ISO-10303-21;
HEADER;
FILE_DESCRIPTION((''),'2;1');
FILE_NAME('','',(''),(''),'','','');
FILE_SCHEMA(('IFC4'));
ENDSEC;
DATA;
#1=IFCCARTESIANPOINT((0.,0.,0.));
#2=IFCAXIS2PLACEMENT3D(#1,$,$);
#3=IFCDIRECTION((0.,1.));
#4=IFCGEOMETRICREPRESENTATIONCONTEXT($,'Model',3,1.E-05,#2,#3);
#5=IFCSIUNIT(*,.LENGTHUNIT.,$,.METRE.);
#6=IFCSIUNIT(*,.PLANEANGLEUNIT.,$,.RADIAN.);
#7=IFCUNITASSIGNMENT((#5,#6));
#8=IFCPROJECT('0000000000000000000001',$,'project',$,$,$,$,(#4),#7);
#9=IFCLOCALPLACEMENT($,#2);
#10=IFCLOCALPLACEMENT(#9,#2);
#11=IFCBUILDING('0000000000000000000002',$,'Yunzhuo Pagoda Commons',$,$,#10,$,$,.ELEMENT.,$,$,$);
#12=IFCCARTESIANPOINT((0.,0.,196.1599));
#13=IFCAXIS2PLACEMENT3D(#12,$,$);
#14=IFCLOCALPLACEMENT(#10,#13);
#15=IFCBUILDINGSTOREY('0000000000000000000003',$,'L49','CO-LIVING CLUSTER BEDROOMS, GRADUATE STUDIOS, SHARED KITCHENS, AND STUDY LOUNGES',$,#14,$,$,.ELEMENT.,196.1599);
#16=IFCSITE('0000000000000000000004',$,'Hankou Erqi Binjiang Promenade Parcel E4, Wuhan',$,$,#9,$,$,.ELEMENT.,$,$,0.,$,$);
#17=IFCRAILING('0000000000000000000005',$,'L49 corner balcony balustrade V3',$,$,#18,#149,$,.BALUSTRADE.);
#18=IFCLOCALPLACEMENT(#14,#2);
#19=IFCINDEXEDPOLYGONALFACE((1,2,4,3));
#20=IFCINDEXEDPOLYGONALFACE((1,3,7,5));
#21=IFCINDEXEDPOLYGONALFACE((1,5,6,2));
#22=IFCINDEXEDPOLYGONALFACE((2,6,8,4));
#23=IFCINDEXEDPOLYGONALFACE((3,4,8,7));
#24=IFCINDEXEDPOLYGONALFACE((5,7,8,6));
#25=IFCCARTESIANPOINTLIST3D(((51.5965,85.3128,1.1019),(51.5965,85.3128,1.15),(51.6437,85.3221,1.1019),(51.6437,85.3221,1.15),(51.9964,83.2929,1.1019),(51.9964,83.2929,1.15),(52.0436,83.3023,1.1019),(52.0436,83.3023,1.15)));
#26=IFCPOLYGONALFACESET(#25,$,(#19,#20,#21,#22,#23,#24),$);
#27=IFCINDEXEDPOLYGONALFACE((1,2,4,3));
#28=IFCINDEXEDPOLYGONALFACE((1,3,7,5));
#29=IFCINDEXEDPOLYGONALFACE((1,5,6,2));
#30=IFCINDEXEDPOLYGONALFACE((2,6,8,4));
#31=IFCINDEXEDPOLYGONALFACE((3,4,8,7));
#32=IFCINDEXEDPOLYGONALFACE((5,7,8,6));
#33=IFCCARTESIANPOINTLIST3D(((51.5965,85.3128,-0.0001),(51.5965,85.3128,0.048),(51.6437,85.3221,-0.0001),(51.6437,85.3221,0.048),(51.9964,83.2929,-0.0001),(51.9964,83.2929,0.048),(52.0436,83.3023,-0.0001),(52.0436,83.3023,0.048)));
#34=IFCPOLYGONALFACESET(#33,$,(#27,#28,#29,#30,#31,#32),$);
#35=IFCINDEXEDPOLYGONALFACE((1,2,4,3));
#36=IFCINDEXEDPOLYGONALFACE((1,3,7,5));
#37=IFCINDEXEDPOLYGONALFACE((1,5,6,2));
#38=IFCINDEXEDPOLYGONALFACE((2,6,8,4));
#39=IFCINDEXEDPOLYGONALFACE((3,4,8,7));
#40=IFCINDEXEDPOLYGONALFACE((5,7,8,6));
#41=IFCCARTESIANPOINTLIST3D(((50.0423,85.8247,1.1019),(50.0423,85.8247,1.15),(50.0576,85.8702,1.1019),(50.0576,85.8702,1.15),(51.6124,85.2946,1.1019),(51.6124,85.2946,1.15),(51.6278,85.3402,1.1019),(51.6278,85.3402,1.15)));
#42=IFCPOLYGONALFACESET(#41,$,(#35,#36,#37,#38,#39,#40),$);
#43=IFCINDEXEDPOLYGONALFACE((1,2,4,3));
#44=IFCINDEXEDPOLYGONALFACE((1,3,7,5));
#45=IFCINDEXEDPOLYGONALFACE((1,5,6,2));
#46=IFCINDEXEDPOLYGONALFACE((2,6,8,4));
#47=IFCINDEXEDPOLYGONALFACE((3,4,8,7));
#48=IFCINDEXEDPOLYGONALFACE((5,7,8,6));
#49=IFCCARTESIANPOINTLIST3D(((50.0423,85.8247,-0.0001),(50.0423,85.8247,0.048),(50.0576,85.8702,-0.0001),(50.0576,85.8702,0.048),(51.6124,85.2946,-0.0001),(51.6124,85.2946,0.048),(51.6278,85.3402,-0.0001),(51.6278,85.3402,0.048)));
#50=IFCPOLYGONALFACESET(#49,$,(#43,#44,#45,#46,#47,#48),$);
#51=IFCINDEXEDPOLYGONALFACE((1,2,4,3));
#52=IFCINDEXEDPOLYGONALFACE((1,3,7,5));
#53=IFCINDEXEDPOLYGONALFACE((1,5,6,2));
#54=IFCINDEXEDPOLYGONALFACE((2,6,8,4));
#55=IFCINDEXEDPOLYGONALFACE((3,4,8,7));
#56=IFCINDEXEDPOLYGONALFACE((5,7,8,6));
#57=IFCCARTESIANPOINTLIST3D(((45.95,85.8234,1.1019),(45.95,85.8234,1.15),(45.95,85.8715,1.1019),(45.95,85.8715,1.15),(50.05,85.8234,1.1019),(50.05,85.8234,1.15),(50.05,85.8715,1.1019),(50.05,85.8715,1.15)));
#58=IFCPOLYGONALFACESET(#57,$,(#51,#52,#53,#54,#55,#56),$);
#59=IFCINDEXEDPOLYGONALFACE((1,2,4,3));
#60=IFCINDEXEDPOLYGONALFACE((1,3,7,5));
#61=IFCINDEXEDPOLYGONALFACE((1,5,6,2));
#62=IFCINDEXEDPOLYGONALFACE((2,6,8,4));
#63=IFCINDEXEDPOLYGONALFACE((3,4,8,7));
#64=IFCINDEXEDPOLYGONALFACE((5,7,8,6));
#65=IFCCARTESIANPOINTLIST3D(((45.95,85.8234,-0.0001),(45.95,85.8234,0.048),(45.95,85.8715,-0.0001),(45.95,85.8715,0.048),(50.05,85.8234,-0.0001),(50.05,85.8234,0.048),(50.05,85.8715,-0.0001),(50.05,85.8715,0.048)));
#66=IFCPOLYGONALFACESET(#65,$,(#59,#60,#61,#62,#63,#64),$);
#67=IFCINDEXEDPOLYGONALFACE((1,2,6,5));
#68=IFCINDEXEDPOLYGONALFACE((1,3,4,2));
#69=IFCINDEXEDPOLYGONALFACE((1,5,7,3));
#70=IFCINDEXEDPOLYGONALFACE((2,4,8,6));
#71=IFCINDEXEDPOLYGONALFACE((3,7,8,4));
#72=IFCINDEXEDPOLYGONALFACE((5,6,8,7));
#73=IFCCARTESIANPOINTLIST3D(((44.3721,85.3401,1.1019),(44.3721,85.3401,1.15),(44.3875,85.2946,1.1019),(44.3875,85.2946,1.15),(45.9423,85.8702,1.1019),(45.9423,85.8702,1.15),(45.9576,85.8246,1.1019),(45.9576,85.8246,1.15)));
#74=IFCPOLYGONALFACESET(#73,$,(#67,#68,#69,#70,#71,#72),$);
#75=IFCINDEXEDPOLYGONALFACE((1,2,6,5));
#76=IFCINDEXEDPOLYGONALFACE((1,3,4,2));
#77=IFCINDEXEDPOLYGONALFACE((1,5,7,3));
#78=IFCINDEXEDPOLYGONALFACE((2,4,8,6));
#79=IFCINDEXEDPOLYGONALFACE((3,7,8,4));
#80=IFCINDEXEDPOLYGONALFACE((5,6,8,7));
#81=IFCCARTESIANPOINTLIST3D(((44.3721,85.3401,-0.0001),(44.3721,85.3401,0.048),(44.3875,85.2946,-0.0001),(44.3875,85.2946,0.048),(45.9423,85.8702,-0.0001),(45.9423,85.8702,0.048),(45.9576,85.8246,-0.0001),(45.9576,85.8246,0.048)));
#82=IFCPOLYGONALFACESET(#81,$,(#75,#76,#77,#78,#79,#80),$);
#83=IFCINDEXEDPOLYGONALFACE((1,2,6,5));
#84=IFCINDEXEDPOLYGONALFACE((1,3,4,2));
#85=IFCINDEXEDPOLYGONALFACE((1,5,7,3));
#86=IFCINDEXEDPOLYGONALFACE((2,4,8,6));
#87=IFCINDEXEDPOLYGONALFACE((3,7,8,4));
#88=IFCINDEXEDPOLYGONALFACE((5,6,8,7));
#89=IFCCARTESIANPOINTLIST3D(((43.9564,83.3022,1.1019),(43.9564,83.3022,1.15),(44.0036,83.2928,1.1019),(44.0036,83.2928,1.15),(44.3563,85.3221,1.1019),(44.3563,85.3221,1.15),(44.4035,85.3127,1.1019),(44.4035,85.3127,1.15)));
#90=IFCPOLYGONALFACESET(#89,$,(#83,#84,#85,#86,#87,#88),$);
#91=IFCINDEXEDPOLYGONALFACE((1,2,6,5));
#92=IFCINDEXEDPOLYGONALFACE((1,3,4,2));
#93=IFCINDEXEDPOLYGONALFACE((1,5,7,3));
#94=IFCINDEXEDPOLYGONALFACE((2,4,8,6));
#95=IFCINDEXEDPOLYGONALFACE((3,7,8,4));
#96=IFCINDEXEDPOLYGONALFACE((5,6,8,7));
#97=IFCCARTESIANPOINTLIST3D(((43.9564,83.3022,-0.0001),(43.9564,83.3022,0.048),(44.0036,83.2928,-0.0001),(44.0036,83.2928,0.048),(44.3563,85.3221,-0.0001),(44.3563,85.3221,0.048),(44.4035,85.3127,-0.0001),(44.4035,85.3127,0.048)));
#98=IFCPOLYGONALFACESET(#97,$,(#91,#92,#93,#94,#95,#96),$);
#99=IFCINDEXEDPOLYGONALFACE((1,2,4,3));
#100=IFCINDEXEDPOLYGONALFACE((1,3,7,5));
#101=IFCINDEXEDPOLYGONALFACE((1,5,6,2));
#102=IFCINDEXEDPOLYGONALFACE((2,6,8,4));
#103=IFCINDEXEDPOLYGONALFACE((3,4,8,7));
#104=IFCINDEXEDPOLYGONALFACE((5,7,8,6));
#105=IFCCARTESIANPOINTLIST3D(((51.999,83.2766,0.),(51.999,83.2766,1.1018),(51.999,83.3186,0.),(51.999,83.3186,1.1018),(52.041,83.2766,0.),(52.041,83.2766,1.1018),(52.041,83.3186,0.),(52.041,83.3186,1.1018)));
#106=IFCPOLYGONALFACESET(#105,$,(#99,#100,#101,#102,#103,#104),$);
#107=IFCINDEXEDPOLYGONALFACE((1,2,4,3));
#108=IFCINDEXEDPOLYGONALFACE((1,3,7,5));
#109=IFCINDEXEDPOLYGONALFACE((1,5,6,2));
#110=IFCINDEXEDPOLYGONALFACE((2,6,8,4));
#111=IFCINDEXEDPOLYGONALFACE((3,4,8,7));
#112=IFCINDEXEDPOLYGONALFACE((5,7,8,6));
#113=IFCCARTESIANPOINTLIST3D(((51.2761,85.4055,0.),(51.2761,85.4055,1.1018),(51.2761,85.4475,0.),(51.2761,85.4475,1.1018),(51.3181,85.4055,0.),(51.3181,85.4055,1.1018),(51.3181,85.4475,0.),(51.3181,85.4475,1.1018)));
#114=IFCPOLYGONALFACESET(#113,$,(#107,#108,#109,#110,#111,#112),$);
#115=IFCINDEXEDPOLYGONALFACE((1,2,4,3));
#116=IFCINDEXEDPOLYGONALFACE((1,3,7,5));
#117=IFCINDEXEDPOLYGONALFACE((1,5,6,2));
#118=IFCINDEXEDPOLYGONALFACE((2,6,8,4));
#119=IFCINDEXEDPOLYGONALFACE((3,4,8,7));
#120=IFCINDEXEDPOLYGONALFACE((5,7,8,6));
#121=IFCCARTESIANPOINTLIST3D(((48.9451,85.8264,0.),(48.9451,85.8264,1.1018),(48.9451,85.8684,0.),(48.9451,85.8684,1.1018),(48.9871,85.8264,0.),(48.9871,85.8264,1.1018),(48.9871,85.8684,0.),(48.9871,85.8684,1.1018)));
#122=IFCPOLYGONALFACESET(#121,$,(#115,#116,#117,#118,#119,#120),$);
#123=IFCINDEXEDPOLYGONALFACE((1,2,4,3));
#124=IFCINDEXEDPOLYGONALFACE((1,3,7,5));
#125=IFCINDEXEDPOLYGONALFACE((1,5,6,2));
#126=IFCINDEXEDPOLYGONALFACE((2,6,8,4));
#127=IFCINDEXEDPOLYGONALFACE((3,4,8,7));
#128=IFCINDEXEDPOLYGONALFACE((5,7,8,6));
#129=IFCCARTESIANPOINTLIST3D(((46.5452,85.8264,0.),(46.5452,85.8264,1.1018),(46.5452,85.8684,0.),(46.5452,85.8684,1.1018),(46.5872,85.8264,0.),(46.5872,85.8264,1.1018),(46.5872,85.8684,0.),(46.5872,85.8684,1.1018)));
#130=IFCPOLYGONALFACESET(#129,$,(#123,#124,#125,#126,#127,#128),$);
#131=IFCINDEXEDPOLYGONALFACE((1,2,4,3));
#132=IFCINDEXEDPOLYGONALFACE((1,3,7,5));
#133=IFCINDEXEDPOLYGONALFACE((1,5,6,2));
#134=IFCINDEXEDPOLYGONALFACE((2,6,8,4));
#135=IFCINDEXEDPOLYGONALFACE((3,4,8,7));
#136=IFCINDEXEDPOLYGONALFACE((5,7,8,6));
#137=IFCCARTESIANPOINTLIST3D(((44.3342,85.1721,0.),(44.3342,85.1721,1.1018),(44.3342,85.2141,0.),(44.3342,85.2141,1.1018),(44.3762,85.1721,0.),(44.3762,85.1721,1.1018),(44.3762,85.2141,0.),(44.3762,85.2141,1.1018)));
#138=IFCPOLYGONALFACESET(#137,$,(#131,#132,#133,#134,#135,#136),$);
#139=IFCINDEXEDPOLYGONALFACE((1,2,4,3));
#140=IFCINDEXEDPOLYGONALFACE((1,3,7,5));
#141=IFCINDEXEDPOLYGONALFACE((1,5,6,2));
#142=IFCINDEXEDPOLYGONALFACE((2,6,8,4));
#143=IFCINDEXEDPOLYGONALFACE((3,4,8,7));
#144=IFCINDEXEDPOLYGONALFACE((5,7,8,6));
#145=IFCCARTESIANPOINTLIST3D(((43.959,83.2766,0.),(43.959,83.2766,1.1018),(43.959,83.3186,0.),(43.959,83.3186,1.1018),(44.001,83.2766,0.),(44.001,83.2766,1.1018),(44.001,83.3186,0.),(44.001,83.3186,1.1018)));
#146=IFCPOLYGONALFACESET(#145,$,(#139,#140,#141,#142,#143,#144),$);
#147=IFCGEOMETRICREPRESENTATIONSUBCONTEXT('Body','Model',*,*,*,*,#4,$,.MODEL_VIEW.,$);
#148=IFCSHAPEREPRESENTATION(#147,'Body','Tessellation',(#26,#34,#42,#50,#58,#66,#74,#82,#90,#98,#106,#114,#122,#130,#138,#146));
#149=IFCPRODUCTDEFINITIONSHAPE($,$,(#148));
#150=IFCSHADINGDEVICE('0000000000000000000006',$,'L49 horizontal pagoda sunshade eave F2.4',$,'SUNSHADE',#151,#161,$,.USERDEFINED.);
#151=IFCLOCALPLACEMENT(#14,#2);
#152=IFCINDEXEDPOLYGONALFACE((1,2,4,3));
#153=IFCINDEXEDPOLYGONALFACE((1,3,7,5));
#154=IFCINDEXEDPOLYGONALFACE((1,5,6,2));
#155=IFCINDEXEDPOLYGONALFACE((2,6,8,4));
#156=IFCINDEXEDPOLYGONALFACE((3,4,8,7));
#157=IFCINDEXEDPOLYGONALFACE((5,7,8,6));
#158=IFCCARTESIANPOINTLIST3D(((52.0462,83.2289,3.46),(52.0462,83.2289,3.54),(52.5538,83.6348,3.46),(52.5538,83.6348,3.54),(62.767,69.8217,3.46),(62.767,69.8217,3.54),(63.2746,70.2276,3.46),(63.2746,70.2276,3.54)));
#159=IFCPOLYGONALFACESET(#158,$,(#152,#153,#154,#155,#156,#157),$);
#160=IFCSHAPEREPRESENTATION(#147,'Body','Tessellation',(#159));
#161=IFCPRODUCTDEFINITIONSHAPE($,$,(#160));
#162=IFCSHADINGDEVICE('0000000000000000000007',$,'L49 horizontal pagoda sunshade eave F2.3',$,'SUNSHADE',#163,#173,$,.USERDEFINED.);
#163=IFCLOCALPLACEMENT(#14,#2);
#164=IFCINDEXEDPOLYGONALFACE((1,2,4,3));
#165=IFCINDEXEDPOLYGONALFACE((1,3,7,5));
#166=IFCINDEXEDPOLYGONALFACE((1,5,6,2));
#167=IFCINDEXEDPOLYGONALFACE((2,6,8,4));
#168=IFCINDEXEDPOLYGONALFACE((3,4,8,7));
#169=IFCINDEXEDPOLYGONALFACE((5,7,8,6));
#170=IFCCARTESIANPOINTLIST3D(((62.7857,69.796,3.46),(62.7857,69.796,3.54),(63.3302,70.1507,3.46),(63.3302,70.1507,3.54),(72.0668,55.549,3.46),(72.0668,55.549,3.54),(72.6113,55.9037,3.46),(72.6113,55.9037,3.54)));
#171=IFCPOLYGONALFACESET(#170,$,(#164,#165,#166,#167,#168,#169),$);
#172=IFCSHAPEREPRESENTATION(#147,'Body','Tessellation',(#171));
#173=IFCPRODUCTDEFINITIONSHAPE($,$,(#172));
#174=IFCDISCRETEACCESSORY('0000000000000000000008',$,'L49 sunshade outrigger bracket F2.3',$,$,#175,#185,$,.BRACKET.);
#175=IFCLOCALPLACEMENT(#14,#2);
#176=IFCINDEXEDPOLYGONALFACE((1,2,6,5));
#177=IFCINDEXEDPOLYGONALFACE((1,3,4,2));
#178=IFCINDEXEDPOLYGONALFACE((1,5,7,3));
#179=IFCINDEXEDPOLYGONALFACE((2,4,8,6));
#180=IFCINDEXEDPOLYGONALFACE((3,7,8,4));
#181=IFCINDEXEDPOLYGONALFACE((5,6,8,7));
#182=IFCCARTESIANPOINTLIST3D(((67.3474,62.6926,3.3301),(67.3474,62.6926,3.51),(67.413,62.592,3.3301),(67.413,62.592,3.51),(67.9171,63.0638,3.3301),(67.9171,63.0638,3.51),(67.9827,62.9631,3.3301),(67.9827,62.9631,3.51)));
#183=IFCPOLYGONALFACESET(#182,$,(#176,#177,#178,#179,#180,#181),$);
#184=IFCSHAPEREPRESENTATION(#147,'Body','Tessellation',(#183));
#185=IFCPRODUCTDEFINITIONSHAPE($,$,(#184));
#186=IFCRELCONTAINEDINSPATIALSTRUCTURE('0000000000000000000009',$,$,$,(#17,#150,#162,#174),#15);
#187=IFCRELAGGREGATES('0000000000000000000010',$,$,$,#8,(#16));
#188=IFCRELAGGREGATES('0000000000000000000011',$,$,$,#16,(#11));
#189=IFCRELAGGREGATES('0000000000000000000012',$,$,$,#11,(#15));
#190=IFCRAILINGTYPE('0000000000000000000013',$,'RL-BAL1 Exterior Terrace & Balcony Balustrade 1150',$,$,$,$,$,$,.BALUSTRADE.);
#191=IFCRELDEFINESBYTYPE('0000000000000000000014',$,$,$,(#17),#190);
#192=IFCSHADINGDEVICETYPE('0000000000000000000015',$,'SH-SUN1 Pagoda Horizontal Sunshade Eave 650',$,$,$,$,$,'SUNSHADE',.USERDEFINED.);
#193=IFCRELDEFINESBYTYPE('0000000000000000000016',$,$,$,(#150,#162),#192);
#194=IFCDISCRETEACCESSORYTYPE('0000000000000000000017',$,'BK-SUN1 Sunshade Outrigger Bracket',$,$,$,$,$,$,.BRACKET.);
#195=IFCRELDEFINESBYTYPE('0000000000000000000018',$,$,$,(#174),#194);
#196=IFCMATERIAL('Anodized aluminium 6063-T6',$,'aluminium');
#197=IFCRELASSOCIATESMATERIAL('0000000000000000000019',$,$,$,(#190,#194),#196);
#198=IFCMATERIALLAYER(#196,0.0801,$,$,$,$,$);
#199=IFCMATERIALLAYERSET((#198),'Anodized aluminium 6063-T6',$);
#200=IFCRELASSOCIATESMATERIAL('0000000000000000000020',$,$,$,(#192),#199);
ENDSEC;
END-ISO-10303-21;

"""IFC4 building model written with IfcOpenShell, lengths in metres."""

from ifc_helpers import new_model, si_unit, direction, frame, origin, origin_2d, place, context, subcontext, project, spatial, rectangle, extrude, source, transform, mapped, material, layer, layer_set, type_object, element, save


model = new_model("IFC4")

# Units and contexts
model_context = context("Model", 3, precision=1e-05, world=origin(), true_north=direction((0.0, 1.0)))
body_context = subcontext(model_context, "Body", "Model", "MODEL_VIEW")
ifc_project = project(units=[si_unit("LENGTHUNIT", "METRE"), si_unit("PLANEANGLEUNIT", "RADIAN")], contexts=[model_context])

# Site, building, storey
site_placement = place(None, origin())
site = spatial("IfcSite", under=ifc_project, at=site_placement, Name="Hankou Erqi Binjiang Promenade Parcel E4, Wuhan", CompositionType="ELEMENT", RefElevation=0.0)
building_placement = place(site_placement, origin())
building = spatial("IfcBuilding", under=site, at=building_placement, Name="Yunzhuo Pagoda Commons", CompositionType="ELEMENT")
storey_placement = place(building_placement, frame((0.0, 0.0, 196.1599)))
storey = spatial("IfcBuildingStorey", under=building, at=storey_placement, Name="L49", Description="CO-LIVING CLUSTER BEDROOMS, GRADUATE STUDIOS, SHARED KITCHENS, AND STUDY LOUNGES", CompositionType="ELEMENT", Elevation=196.1599)

# Shared definitions
ifc_material_1 = material(Name="Anodized aluminium 6063-T6", Category="aluminium")

# Railing
railing_type_1 = type_object("IfcRailingType", Name="RL-BAL1 Exterior Terrace & Balcony Balustrade 1150", PredefinedType="BALUSTRADE", material=ifc_material_1)
railing_1_placement = place(storey_placement, frame((52.02, 83.2976, 0.0)))
element("IfcRailing", 1, at=railing_1_placement, inside=storey, type_object=railing_type_1, Name="L49 corner balcony balustrade V3", PredefinedType="BALUSTRADE", context=body_context, shape_type="SweptSolid", body=[
    extrude(rectangle(XDim=0.0481, YDim=0.0481, at=origin_2d()), frame((0.0, 0.0, 1.126), z_axis=(-0.194223, 0.980957, 0.0), x_axis=(-0.980957, -0.194223, 0.0)), (0.0, 0.0, 1.0), 2.0591),
    extrude(rectangle(XDim=0.0481, YDim=0.0481, at=origin_2d()), frame((0.0, 0.0, 0.0239), z_axis=(-0.194223, 0.980957, 0.0), x_axis=(-0.980957, -0.194223, 0.0)), (0.0, 0.0, 1.0), 2.0591),
    extrude(rectangle(XDim=0.0481, YDim=0.0481, at=origin_2d()), frame((-0.3999, 2.0198, 1.126), z_axis=(-0.947468, 0.31985, 0.0), x_axis=(-0.31985, -0.947468, 0.0)), (0.0, 0.0, 1.0), 1.6572),
    extrude(rectangle(XDim=0.0481, YDim=0.0481, at=origin_2d()), frame((-0.3999, 2.0198, 0.0239), z_axis=(-0.947468, 0.31985, 0.0), x_axis=(-0.31985, -0.947468, 0.0)), (0.0, 0.0, 1.0), 1.6572),
    extrude(rectangle(XDim=0.0481, YDim=0.0481, at=origin_2d()), frame((-1.97, 2.5498, 1.126), z_axis=(-1.0, 0.0, 0.0), x_axis=(0.0, -1.0, 0.0)), (0.0, 0.0, 1.0), 4.1001),
    extrude(rectangle(XDim=0.0481, YDim=0.0481, at=origin_2d()), frame((-1.97, 2.5498, 0.0239), z_axis=(-1.0, 0.0, 0.0), x_axis=(0.0, -1.0, 0.0)), (0.0, 0.0, 1.0), 4.1001),
    extrude(rectangle(XDim=0.0481, YDim=0.0481, at=origin_2d()), frame((-6.0701, 2.5498, 1.126), z_axis=(-0.947468, -0.31985, 0.0), x_axis=(0.31985, -0.947468, 0.0)), (0.0, 0.0, 1.0), 1.6572),
    extrude(rectangle(XDim=0.0481, YDim=0.0481, at=origin_2d()), frame((-6.0701, 2.5498, 0.0239), z_axis=(-0.947468, -0.31985, 0.0), x_axis=(0.31985, -0.947468, 0.0)), (0.0, 0.0, 1.0), 1.6572),
    extrude(rectangle(XDim=0.0481, YDim=0.0481, at=origin_2d()), frame((-7.6401, 2.0198, 1.126), z_axis=(-0.194223, -0.980957, 0.0), x_axis=(0.980957, -0.194223, 0.0)), (0.0, 0.0, 1.0), 2.0591),
    extrude(rectangle(XDim=0.0481, YDim=0.0481, at=origin_2d()), frame((-7.6401, 2.0198, 0.0239), z_axis=(-0.194223, -0.980957, 0.0), x_axis=(0.980957, -0.194223, 0.0)), (0.0, 0.0, 1.0), 2.0591),
    extrude(rectangle(XDim=0.042, YDim=0.042, at=origin_2d()), origin(), (0.0, 0.0, 1.0), 1.1018),
    extrude(rectangle(XDim=0.042, YDim=0.042, at=origin_2d()), frame((-0.7229, 2.1289, 0.0)), (0.0, 0.0, 1.0), 1.1018),
    extrude(rectangle(XDim=0.042, YDim=0.042, at=origin_2d()), frame((-3.054, 2.5498, 0.0)), (0.0, 0.0, 1.0), 1.1018),
    extrude(rectangle(XDim=0.042, YDim=0.042, at=origin_2d()), frame((-5.4539, 2.5498, 0.0)), (0.0, 0.0, 1.0), 1.1018),
    extrude(rectangle(XDim=0.042, YDim=0.042, at=origin_2d()), frame((-7.6648, 1.8955, 0.0)), (0.0, 0.0, 1.0), 1.1018),
    extrude(rectangle(XDim=0.042, YDim=0.042, at=origin_2d()), frame((-8.04, 0.0, 0.0)), (0.0, 0.0, 1.0), 1.1018),
])

# Shading devices
ifc_layer_1 = layer(ifc_material_1, 0.0801)
ifc_layer_set_1 = layer_set([ifc_layer_1], Name="Anodized aluminium 6063-T6")
shading_device_type = type_object("IfcShadingDeviceType", Name="SH-SUN1 Pagoda Horizontal Sunshade Eave 650", ElementType="SUNSHADE", PredefinedType="USERDEFINED", material=ifc_layer_set_1)
shared_shape_1 = source(origin(), body_context, "Body", "SweptSolid", [
    extrude(rectangle(XDim=17.1665, YDim=0.6499, at=origin_2d()), origin(), (0.0, 0.0, 1.0), 0.0801),
])
shading_device_1_placement = place(storey_placement, frame((57.6604, 76.7283, 3.46), z_axis=(0.0, 0.0, 1.0), x_axis=(-0.62452, 0.781008, 0.0)))
element("IfcShadingDevice", 2, at=shading_device_1_placement, inside=storey, type_object=shading_device_type, Name="L49 horizontal pagoda sunshade eave F2.4", ObjectType="SUNSHADE", PredefinedType="USERDEFINED", context=body_context, shape_type="MappedRepresentation", body=[
    mapped(shared_shape_1, transform((0.0, 0.0, 0.0), scale=1.0)),
])
shared_shape_2 = source(origin(), body_context, "Body", "SweptSolid", [
    extrude(rectangle(XDim=17.0034, YDim=0.6499, at=origin_2d()), origin(), (0.0, 0.0, 1.0), 0.0801),
])
shading_device_2_placement = place(storey_placement, frame((67.6985, 62.8499, 3.46), z_axis=(0.0, 0.0, 1.0), x_axis=(-0.545839, 0.83789, 0.0)))
element("IfcShadingDevice", 3, at=shading_device_2_placement, inside=storey, type_object=shading_device_type, Name="L49 horizontal pagoda sunshade eave F2.3", ObjectType="SUNSHADE", PredefinedType="USERDEFINED", context=body_context, shape_type="MappedRepresentation", body=[
    mapped(shared_shape_2, transform((0.0, 0.0, 0.0), scale=1.0)),
])

# Discrete accessory
discrete_accessory_type = type_object("IfcDiscreteAccessoryType", Name="BK-SUN1 Sunshade Outrigger Bracket", PredefinedType="BRACKET", material=ifc_material_1)
shared_shape_3 = source(origin(), body_context, "Body", "SweptSolid", [
    extrude(rectangle(XDim=0.1201, YDim=0.6799, at=origin_2d()), origin(), (0.0, 0.0, 1.0), 0.1799),
])
discrete_accessory_placement = place(storey_placement, frame((67.665, 62.8279, 3.3301), z_axis=(0.0, 0.0, 1.0), x_axis=(-0.545839, 0.83789, 0.0)))
element("IfcDiscreteAccessory", 4, at=discrete_accessory_placement, inside=storey, type_object=discrete_accessory_type, Name="L49 sunshade outrigger bracket F2.3", PredefinedType="BRACKET", context=body_context, shape_type="MappedRepresentation", body=[
    mapped(shared_shape_3, transform((0.0, 0.0, 0.0), scale=1.0)),
])

save(model, "model.ifc")
